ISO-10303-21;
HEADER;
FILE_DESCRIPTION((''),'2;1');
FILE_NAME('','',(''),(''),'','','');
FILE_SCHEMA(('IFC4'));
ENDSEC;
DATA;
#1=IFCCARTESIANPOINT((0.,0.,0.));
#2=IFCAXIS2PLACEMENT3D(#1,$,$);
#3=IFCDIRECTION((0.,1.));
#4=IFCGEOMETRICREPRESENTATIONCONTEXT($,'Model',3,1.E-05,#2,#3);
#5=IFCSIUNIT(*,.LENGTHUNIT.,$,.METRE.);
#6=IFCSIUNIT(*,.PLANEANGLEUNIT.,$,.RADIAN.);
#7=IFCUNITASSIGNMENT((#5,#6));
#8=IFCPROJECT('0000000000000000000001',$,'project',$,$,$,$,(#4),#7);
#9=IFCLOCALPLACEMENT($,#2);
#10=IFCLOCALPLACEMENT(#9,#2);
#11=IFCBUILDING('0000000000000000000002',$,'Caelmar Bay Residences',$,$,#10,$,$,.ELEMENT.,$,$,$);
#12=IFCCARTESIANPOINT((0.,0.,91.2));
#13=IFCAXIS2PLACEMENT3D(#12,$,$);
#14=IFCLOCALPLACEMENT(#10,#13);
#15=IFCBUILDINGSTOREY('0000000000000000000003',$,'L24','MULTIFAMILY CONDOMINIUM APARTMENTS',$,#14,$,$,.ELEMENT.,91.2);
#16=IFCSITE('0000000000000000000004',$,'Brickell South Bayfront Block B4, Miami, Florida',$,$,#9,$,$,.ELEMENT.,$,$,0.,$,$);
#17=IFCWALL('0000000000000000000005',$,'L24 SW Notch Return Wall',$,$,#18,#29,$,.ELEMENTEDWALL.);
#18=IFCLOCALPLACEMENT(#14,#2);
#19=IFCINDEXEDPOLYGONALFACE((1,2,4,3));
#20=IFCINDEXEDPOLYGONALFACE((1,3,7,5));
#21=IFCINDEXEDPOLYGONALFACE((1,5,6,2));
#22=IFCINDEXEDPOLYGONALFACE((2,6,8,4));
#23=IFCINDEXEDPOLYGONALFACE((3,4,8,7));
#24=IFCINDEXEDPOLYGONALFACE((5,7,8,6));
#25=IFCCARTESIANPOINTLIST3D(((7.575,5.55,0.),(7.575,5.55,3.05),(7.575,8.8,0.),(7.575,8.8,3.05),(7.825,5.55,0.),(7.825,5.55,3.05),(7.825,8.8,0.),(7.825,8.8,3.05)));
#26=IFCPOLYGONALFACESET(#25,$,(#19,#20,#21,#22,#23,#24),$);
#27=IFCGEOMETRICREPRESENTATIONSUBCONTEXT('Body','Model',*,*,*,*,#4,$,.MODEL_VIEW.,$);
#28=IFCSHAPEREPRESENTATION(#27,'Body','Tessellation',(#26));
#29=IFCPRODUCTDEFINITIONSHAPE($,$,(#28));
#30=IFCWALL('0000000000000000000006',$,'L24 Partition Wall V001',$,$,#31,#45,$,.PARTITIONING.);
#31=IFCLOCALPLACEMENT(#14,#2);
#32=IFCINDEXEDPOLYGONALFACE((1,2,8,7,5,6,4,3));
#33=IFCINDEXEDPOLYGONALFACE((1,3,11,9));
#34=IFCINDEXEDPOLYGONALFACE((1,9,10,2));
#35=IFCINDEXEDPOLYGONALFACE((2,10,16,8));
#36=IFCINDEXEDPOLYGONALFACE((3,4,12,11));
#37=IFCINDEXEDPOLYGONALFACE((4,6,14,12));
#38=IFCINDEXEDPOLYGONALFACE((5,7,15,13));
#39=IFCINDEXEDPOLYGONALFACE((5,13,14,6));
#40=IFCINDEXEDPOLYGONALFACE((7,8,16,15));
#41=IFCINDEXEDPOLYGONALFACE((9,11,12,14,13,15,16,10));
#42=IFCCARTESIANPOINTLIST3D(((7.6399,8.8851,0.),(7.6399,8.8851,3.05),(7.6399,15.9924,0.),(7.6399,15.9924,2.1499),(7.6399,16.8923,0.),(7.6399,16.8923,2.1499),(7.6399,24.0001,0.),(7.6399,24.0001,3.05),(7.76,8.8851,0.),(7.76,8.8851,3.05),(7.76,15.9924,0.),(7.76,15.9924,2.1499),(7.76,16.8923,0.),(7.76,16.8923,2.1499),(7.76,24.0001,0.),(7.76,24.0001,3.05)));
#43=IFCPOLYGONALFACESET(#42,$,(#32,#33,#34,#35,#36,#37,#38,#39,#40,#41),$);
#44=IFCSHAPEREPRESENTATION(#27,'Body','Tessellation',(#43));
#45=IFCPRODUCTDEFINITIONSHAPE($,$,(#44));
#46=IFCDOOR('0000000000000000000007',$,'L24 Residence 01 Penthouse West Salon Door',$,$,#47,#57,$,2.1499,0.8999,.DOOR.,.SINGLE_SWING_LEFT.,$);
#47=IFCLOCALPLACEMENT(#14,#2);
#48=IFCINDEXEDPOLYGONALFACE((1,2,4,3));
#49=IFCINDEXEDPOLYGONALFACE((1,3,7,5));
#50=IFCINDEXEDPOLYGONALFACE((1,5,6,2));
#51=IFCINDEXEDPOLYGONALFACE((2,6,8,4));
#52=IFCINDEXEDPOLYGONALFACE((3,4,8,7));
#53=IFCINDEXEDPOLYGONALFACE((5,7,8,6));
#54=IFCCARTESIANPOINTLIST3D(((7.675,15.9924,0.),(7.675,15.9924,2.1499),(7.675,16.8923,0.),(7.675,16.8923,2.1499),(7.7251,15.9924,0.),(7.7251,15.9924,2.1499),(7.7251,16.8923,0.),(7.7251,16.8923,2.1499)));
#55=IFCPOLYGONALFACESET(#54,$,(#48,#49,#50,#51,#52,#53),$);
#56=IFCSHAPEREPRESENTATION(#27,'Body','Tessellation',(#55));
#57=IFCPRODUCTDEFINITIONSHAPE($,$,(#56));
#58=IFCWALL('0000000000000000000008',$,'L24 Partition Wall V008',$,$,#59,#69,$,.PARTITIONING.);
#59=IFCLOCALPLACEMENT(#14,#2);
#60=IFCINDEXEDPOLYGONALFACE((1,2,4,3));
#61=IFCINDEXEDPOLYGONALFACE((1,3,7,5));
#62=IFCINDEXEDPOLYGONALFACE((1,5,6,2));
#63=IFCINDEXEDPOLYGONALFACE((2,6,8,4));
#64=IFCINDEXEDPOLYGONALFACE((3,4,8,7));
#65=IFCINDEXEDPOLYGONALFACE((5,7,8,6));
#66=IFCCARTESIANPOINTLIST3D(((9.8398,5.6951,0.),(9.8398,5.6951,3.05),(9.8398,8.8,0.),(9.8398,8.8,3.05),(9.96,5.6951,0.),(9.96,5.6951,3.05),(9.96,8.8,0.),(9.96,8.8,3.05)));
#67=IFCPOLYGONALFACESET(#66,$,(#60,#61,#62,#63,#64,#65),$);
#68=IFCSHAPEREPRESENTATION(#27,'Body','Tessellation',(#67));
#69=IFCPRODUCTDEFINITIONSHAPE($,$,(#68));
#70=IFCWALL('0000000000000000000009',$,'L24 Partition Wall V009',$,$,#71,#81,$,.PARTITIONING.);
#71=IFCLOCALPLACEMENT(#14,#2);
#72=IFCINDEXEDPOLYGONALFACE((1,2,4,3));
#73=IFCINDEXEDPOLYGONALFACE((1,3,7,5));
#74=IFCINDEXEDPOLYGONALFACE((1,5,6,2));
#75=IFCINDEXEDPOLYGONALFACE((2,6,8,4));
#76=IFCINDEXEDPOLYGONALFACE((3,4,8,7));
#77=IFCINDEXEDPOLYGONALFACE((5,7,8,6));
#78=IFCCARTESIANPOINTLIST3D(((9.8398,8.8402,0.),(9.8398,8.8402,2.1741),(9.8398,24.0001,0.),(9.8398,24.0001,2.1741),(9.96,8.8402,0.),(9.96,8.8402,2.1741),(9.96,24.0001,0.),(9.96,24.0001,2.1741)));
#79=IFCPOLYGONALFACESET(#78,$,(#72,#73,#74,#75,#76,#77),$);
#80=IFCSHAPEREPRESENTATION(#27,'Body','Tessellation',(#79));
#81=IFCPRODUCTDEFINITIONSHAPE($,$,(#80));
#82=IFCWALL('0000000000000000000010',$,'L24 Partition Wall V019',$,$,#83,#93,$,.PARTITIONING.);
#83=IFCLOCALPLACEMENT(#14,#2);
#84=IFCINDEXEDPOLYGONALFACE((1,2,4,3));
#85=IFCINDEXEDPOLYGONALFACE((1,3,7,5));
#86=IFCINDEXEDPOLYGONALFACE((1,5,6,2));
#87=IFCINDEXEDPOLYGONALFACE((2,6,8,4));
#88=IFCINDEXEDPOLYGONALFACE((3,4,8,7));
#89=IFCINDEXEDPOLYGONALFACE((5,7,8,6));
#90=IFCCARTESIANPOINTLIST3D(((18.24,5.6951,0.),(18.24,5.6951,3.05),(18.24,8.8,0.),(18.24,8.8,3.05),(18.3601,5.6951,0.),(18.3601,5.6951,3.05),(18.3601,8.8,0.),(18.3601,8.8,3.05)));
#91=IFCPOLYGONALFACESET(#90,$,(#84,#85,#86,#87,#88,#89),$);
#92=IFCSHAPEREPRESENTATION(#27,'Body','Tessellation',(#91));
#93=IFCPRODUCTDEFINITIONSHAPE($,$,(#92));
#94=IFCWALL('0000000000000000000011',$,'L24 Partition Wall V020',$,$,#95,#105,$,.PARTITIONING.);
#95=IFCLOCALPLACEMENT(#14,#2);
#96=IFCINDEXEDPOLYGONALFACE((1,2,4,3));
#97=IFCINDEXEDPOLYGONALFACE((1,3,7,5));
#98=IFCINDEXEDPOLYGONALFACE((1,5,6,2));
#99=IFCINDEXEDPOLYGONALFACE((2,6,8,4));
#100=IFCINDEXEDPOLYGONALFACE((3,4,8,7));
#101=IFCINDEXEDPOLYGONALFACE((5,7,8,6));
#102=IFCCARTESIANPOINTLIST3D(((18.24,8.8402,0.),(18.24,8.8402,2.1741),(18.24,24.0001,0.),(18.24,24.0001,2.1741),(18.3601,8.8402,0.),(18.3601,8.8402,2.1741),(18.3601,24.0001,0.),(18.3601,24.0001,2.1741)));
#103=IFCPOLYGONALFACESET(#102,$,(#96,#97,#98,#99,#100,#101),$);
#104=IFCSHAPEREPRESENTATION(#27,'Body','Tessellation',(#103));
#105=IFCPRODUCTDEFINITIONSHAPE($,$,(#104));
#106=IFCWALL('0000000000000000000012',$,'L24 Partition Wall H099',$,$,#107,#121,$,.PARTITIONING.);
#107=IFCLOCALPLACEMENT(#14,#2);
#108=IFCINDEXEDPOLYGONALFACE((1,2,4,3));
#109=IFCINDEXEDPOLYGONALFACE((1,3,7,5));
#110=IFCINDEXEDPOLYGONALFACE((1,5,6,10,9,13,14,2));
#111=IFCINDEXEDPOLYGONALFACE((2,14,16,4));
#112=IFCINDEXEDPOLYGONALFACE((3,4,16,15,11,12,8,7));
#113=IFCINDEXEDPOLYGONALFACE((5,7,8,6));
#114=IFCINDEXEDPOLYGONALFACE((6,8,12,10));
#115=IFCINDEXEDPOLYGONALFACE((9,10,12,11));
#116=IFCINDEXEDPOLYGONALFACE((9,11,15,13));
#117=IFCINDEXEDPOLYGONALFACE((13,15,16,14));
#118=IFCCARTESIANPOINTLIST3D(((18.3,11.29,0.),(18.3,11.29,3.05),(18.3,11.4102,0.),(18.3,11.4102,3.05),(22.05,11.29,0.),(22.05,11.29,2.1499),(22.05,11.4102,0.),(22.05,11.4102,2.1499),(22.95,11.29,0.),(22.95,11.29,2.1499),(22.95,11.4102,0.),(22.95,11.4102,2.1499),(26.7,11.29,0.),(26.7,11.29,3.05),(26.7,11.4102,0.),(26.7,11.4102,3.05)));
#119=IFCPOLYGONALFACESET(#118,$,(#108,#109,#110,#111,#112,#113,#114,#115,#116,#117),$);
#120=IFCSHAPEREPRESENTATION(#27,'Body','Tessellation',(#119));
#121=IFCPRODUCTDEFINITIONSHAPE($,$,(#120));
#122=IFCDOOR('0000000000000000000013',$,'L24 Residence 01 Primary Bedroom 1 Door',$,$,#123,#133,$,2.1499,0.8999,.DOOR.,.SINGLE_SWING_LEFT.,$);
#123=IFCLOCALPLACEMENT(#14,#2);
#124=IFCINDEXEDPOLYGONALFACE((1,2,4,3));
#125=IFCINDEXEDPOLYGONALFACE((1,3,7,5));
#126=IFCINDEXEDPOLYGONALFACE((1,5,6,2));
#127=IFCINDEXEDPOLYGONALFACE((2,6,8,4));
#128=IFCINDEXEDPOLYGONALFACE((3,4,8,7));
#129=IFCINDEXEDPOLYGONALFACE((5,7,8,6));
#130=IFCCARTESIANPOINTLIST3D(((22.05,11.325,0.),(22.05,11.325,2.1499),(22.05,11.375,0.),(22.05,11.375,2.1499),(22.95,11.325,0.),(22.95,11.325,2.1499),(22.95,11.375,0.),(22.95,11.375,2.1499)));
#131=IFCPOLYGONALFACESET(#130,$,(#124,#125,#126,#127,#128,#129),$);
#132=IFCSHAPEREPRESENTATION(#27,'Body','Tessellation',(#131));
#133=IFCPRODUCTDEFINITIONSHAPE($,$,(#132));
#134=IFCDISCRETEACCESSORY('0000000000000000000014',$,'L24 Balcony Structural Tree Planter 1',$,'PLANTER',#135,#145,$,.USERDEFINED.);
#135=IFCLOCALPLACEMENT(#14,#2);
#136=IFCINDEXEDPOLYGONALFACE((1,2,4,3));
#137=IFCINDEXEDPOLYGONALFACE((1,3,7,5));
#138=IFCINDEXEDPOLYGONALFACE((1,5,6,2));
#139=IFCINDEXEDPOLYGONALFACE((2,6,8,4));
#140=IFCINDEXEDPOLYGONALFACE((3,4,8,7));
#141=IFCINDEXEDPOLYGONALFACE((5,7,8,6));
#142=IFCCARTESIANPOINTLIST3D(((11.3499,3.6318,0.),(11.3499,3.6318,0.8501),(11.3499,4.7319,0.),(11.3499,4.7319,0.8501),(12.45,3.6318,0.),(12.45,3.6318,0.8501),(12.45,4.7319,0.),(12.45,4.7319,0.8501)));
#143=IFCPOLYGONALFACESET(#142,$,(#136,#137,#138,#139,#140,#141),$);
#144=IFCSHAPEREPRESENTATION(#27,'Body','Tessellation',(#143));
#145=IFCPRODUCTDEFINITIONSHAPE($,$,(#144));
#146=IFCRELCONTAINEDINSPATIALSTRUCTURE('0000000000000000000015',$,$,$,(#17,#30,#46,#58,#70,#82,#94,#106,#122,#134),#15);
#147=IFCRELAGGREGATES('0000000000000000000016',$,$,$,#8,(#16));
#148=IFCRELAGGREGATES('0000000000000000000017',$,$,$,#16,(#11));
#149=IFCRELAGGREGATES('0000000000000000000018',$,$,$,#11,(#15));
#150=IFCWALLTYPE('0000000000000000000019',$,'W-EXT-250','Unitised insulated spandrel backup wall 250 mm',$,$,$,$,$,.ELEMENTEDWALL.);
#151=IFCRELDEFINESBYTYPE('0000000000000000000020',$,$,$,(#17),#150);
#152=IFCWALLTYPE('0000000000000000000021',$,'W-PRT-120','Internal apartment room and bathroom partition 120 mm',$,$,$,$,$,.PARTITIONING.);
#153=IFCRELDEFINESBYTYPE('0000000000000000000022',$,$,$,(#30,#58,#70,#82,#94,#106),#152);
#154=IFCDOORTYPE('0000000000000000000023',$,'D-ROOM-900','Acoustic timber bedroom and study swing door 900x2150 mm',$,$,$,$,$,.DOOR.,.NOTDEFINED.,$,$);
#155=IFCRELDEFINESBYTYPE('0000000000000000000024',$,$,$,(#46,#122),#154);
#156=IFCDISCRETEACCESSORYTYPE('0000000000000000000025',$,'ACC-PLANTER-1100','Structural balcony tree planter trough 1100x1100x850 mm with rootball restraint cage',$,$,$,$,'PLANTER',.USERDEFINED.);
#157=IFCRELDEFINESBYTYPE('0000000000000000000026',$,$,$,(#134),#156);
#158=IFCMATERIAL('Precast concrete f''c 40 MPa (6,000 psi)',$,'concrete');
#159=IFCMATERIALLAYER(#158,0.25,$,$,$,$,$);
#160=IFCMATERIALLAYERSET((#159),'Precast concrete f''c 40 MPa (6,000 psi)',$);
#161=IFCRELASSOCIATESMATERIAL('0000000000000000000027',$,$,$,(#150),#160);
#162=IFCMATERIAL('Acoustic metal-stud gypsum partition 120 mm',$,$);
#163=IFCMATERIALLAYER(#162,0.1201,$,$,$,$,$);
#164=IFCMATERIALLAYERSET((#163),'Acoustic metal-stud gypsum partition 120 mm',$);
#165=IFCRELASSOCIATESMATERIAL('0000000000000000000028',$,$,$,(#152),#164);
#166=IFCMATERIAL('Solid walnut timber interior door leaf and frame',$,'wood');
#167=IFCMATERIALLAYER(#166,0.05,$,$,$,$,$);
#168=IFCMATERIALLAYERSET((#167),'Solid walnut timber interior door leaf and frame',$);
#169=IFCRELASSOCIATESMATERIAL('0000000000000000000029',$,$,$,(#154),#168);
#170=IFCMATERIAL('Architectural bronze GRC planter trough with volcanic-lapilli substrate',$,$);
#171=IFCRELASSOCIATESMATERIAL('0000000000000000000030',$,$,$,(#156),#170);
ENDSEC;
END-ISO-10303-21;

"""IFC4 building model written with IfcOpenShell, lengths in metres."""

from ifc_helpers import new_model, si_unit, direction, frame, frame_2d, origin, origin_2d, place, context, subcontext, project, spatial, rectangle, extrude, material, layer, layer_set, type_object, element, fill, save


model = new_model("IFC4")

# Units and contexts
model_context = context("Model", 3, precision=1e-05, world=origin(), true_north=direction((0.0, 1.0)))
body_context = subcontext(model_context, "Body", "Model", "MODEL_VIEW")
ifc_project = project(units=[si_unit("LENGTHUNIT", "METRE"), si_unit("PLANEANGLEUNIT", "RADIAN")], contexts=[model_context])

# Site, building, storey
site_placement = place(None, origin())
site = spatial("IfcSite", under=ifc_project, at=site_placement, Name="Brickell South Bayfront Block B4, Miami, Florida", CompositionType="ELEMENT", RefElevation=0.0)
building_placement = place(site_placement, origin())
building = spatial("IfcBuilding", under=site, at=building_placement, Name="Caelmar Bay Residences", CompositionType="ELEMENT")
storey_placement = place(building_placement, frame((0.0, 0.0, 91.2)))
storey = spatial("IfcBuildingStorey", under=building, at=storey_placement, Name="L24", Description="MULTIFAMILY CONDOMINIUM APARTMENTS", CompositionType="ELEMENT", Elevation=91.2)

# Wall
ifc_material_1 = material(Name="Precast concrete f'c 40 MPa (6,000 psi)", Category="concrete")
ifc_layer_1 = layer(ifc_material_1, 0.25)
ifc_layer_set_1 = layer_set([ifc_layer_1], Name="Precast concrete f'c 40 MPa (6,000 psi)")
wall_type_1 = type_object("IfcWallType", Name="W-EXT-250", Description="Unitised insulated spandrel backup wall 250 mm", PredefinedType="ELEMENTEDWALL", material=ifc_layer_set_1)
wall_1_placement = place(storey_placement, frame((7.7, 8.8, 0.0), z_axis=(0.0, 0.0, 1.0), x_axis=(0.0, -1.0, 0.0)))
element("IfcWall", 1, at=wall_1_placement, inside=storey, type_object=wall_type_1, Name="L24 SW Notch Return Wall", PredefinedType="ELEMENTEDWALL", context=body_context, shape_type="SweptSolid", body=[
    extrude(rectangle(XDim=3.25, YDim=0.25, at=frame_2d((1.625, 0.0))), origin(), (0.0, 0.0, 1.0), 3.05),
])

# Wall, opening, door
ifc_material_2 = material(Name="Acoustic metal-stud gypsum partition 120 mm")
ifc_layer_2 = layer(ifc_material_2, 0.1201)
ifc_layer_set_2 = layer_set([ifc_layer_2], Name="Acoustic metal-stud gypsum partition 120 mm")
wall_type_2 = type_object("IfcWallType", Name="W-PRT-120", Description="Internal apartment room and bathroom partition 120 mm", PredefinedType="PARTITIONING", material=ifc_layer_set_2)
wall_2_placement = place(storey_placement, frame((7.7, 8.885, 0.0), z_axis=(0.0, 0.0, 1.0), x_axis=(0.0, 1.0, 0.0)))
wall_2 = element("IfcWall", 2, at=wall_2_placement, inside=storey, type_object=wall_type_2, Name="L24 Partition Wall V001", PredefinedType="PARTITIONING", context=body_context, shape_type="SweptSolid", body=[
    extrude(rectangle(XDim=15.115, YDim=0.1201, at=frame_2d((7.5576, 0.0))), origin(), (0.0, 0.0, 1.0), 3.05),
])
opening_1_placement = place(wall_2_placement, frame((7.1074, 0.0, 0.0)))
opening_1 = element("IfcOpeningElement", 3, at=opening_1_placement, cuts=wall_2, PredefinedType="OPENING", context=body_context, shape_type="SweptSolid", body=[
    extrude(rectangle(XDim=0.8999, YDim=2.1499, at=frame_2d((0.45, 1.075))), frame((0.0, 0.0701, 0.0), z_axis=(0.0, -1.0, 0.0), x_axis=(1.0, 0.0, 0.0)), (0.0, 0.0, 1.0), 0.1401),
])
ifc_material_3 = material(Name="Solid walnut timber interior door leaf and frame", Category="wood")
ifc_layer_3 = layer(ifc_material_3, 0.05)
ifc_layer_set_3 = layer_set([ifc_layer_3], Name="Solid walnut timber interior door leaf and frame")
door_type = type_object("IfcDoorType", Name="D-ROOM-900", Description="Acoustic timber bedroom and study swing door 900x2150 mm", OperationType="NOTDEFINED", PredefinedType="DOOR", material=ifc_layer_set_3)
door_1_placement = place(opening_1_placement, origin())
door_1 = element("IfcDoor", 4, at=door_1_placement, inside=storey, type_object=door_type, Name="L24 Residence 01 Penthouse West Salon Door", OperationType="SINGLE_SWING_LEFT", OverallHeight=2.1499, OverallWidth=0.8999, PredefinedType="DOOR", context=body_context, shape_type="SweptSolid", body=[
    extrude(rectangle(XDim=0.8999, YDim=2.1499, at=frame_2d((0.45, 1.075))), frame((0.0, 0.0249, 0.0), z_axis=(0.0, -1.0, 0.0), x_axis=(1.0, 0.0, 0.0)), (0.0, 0.0, 1.0), 0.05),
])
fill(opening_1, door_1)

# Walls
wall_3_placement = place(storey_placement, frame((9.8999, 5.6951, 0.0), z_axis=(0.0, 0.0, 1.0), x_axis=(0.0, 1.0, 0.0)))
element("IfcWall", 5, at=wall_3_placement, inside=storey, type_object=wall_type_2, Name="L24 Partition Wall V008", PredefinedType="PARTITIONING", context=body_context, shape_type="SweptSolid", body=[
    extrude(rectangle(XDim=3.105, YDim=0.1201, at=frame_2d((1.5525, 0.0))), origin(), (0.0, 0.0, 1.0), 3.05),
])
wall_4_placement = place(storey_placement, frame((9.8999, 8.8401, 0.0), z_axis=(0.0, 0.0, 1.0), x_axis=(0.0, 1.0, 0.0)))
element("IfcWall", 6, at=wall_4_placement, inside=storey, type_object=wall_type_2, Name="L24 Partition Wall V009", PredefinedType="PARTITIONING", context=body_context, shape_type="SweptSolid", body=[
    extrude(rectangle(XDim=15.1599, YDim=0.1201, at=frame_2d((7.5801, 0.0))), origin(), (0.0, 0.0, 1.0), 2.1741),
])
wall_5_placement = place(storey_placement, frame((18.3, 5.6951, 0.0), z_axis=(0.0, 0.0, 1.0), x_axis=(0.0, 1.0, 0.0)))
element("IfcWall", 7, at=wall_5_placement, inside=storey, type_object=wall_type_2, Name="L24 Partition Wall V019", PredefinedType="PARTITIONING", context=body_context, shape_type="SweptSolid", body=[
    extrude(rectangle(XDim=3.105, YDim=0.1201, at=frame_2d((1.5525, 0.0))), origin(), (0.0, 0.0, 1.0), 3.05),
])
wall_6_placement = place(storey_placement, frame((18.3, 8.8401, 0.0), z_axis=(0.0, 0.0, 1.0), x_axis=(0.0, 1.0, 0.0)))
element("IfcWall", 8, at=wall_6_placement, inside=storey, type_object=wall_type_2, Name="L24 Partition Wall V020", PredefinedType="PARTITIONING", context=body_context, shape_type="SweptSolid", body=[
    extrude(rectangle(XDim=15.1599, YDim=0.1201, at=frame_2d((7.5801, 0.0))), origin(), (0.0, 0.0, 1.0), 2.1741),
])

# Wall, opening, door
wall_7_placement = place(storey_placement, frame((18.3, 11.3501, 0.0), z_axis=(0.0, 0.0, 1.0), x_axis=(1.0, 0.0, 0.0)))
wall_7 = element("IfcWall", 9, at=wall_7_placement, inside=storey, type_object=wall_type_2, Name="L24 Partition Wall H099", PredefinedType="PARTITIONING", context=body_context, shape_type="SweptSolid", body=[
    extrude(rectangle(XDim=8.3999, YDim=0.1201, at=frame_2d((4.2, 0.0))), origin(), (0.0, 0.0, 1.0), 3.05),
])
opening_2_placement = place(wall_7_placement, frame((3.75, 0.0, 0.0)))
opening_2 = element("IfcOpeningElement", 10, at=opening_2_placement, cuts=wall_7, PredefinedType="OPENING", context=body_context, shape_type="SweptSolid", body=[
    extrude(rectangle(XDim=0.8999, YDim=2.1499, at=frame_2d((0.45, 1.075))), frame((0.0, 0.0701, 0.0), z_axis=(0.0, -1.0, 0.0), x_axis=(1.0, 0.0, 0.0)), (0.0, 0.0, 1.0), 0.1401),
])
door_2_placement = place(opening_2_placement, origin())
door_2 = element("IfcDoor", 11, at=door_2_placement, inside=storey, type_object=door_type, Name="L24 Residence 01 Primary Bedroom 1 Door", OperationType="SINGLE_SWING_LEFT", OverallHeight=2.1499, OverallWidth=0.8999, PredefinedType="DOOR", context=body_context, shape_type="SweptSolid", body=[
    extrude(rectangle(XDim=0.8999, YDim=2.1499, at=frame_2d((0.45, 1.075))), frame((0.0, 0.0249, 0.0), z_axis=(0.0, -1.0, 0.0), x_axis=(1.0, 0.0, 0.0)), (0.0, 0.0, 1.0), 0.05),
])
fill(opening_2, door_2)

# Discrete accessory
ifc_material_4 = material(Name="Architectural bronze GRC planter trough with volcanic-lapilli substrate")
discrete_accessory_type = type_object("IfcDiscreteAccessoryType", Name="ACC-PLANTER-1100", Description="Structural balcony tree planter trough 1100x1100x850 mm with rootball restraint cage", ElementType="PLANTER", PredefinedType="USERDEFINED", material=ifc_material_4)
discrete_accessory_placement = place(storey_placement, frame((11.8999, 4.1819, 0.0), z_axis=(0.0, 0.0, 1.0), x_axis=(1.0, 0.0, 0.0)))
element("IfcDiscreteAccessory", 12, at=discrete_accessory_placement, inside=storey, type_object=discrete_accessory_type, Name="L24 Balcony Structural Tree Planter 1", ObjectType="PLANTER", PredefinedType="USERDEFINED", context=body_context, shape_type="SweptSolid", body=[
    extrude(rectangle(XDim=1.1001, YDim=1.1001, at=origin_2d()), origin(), (0.0, 0.0, 1.0), 0.8501),
])

save(model, "model.ifc")
